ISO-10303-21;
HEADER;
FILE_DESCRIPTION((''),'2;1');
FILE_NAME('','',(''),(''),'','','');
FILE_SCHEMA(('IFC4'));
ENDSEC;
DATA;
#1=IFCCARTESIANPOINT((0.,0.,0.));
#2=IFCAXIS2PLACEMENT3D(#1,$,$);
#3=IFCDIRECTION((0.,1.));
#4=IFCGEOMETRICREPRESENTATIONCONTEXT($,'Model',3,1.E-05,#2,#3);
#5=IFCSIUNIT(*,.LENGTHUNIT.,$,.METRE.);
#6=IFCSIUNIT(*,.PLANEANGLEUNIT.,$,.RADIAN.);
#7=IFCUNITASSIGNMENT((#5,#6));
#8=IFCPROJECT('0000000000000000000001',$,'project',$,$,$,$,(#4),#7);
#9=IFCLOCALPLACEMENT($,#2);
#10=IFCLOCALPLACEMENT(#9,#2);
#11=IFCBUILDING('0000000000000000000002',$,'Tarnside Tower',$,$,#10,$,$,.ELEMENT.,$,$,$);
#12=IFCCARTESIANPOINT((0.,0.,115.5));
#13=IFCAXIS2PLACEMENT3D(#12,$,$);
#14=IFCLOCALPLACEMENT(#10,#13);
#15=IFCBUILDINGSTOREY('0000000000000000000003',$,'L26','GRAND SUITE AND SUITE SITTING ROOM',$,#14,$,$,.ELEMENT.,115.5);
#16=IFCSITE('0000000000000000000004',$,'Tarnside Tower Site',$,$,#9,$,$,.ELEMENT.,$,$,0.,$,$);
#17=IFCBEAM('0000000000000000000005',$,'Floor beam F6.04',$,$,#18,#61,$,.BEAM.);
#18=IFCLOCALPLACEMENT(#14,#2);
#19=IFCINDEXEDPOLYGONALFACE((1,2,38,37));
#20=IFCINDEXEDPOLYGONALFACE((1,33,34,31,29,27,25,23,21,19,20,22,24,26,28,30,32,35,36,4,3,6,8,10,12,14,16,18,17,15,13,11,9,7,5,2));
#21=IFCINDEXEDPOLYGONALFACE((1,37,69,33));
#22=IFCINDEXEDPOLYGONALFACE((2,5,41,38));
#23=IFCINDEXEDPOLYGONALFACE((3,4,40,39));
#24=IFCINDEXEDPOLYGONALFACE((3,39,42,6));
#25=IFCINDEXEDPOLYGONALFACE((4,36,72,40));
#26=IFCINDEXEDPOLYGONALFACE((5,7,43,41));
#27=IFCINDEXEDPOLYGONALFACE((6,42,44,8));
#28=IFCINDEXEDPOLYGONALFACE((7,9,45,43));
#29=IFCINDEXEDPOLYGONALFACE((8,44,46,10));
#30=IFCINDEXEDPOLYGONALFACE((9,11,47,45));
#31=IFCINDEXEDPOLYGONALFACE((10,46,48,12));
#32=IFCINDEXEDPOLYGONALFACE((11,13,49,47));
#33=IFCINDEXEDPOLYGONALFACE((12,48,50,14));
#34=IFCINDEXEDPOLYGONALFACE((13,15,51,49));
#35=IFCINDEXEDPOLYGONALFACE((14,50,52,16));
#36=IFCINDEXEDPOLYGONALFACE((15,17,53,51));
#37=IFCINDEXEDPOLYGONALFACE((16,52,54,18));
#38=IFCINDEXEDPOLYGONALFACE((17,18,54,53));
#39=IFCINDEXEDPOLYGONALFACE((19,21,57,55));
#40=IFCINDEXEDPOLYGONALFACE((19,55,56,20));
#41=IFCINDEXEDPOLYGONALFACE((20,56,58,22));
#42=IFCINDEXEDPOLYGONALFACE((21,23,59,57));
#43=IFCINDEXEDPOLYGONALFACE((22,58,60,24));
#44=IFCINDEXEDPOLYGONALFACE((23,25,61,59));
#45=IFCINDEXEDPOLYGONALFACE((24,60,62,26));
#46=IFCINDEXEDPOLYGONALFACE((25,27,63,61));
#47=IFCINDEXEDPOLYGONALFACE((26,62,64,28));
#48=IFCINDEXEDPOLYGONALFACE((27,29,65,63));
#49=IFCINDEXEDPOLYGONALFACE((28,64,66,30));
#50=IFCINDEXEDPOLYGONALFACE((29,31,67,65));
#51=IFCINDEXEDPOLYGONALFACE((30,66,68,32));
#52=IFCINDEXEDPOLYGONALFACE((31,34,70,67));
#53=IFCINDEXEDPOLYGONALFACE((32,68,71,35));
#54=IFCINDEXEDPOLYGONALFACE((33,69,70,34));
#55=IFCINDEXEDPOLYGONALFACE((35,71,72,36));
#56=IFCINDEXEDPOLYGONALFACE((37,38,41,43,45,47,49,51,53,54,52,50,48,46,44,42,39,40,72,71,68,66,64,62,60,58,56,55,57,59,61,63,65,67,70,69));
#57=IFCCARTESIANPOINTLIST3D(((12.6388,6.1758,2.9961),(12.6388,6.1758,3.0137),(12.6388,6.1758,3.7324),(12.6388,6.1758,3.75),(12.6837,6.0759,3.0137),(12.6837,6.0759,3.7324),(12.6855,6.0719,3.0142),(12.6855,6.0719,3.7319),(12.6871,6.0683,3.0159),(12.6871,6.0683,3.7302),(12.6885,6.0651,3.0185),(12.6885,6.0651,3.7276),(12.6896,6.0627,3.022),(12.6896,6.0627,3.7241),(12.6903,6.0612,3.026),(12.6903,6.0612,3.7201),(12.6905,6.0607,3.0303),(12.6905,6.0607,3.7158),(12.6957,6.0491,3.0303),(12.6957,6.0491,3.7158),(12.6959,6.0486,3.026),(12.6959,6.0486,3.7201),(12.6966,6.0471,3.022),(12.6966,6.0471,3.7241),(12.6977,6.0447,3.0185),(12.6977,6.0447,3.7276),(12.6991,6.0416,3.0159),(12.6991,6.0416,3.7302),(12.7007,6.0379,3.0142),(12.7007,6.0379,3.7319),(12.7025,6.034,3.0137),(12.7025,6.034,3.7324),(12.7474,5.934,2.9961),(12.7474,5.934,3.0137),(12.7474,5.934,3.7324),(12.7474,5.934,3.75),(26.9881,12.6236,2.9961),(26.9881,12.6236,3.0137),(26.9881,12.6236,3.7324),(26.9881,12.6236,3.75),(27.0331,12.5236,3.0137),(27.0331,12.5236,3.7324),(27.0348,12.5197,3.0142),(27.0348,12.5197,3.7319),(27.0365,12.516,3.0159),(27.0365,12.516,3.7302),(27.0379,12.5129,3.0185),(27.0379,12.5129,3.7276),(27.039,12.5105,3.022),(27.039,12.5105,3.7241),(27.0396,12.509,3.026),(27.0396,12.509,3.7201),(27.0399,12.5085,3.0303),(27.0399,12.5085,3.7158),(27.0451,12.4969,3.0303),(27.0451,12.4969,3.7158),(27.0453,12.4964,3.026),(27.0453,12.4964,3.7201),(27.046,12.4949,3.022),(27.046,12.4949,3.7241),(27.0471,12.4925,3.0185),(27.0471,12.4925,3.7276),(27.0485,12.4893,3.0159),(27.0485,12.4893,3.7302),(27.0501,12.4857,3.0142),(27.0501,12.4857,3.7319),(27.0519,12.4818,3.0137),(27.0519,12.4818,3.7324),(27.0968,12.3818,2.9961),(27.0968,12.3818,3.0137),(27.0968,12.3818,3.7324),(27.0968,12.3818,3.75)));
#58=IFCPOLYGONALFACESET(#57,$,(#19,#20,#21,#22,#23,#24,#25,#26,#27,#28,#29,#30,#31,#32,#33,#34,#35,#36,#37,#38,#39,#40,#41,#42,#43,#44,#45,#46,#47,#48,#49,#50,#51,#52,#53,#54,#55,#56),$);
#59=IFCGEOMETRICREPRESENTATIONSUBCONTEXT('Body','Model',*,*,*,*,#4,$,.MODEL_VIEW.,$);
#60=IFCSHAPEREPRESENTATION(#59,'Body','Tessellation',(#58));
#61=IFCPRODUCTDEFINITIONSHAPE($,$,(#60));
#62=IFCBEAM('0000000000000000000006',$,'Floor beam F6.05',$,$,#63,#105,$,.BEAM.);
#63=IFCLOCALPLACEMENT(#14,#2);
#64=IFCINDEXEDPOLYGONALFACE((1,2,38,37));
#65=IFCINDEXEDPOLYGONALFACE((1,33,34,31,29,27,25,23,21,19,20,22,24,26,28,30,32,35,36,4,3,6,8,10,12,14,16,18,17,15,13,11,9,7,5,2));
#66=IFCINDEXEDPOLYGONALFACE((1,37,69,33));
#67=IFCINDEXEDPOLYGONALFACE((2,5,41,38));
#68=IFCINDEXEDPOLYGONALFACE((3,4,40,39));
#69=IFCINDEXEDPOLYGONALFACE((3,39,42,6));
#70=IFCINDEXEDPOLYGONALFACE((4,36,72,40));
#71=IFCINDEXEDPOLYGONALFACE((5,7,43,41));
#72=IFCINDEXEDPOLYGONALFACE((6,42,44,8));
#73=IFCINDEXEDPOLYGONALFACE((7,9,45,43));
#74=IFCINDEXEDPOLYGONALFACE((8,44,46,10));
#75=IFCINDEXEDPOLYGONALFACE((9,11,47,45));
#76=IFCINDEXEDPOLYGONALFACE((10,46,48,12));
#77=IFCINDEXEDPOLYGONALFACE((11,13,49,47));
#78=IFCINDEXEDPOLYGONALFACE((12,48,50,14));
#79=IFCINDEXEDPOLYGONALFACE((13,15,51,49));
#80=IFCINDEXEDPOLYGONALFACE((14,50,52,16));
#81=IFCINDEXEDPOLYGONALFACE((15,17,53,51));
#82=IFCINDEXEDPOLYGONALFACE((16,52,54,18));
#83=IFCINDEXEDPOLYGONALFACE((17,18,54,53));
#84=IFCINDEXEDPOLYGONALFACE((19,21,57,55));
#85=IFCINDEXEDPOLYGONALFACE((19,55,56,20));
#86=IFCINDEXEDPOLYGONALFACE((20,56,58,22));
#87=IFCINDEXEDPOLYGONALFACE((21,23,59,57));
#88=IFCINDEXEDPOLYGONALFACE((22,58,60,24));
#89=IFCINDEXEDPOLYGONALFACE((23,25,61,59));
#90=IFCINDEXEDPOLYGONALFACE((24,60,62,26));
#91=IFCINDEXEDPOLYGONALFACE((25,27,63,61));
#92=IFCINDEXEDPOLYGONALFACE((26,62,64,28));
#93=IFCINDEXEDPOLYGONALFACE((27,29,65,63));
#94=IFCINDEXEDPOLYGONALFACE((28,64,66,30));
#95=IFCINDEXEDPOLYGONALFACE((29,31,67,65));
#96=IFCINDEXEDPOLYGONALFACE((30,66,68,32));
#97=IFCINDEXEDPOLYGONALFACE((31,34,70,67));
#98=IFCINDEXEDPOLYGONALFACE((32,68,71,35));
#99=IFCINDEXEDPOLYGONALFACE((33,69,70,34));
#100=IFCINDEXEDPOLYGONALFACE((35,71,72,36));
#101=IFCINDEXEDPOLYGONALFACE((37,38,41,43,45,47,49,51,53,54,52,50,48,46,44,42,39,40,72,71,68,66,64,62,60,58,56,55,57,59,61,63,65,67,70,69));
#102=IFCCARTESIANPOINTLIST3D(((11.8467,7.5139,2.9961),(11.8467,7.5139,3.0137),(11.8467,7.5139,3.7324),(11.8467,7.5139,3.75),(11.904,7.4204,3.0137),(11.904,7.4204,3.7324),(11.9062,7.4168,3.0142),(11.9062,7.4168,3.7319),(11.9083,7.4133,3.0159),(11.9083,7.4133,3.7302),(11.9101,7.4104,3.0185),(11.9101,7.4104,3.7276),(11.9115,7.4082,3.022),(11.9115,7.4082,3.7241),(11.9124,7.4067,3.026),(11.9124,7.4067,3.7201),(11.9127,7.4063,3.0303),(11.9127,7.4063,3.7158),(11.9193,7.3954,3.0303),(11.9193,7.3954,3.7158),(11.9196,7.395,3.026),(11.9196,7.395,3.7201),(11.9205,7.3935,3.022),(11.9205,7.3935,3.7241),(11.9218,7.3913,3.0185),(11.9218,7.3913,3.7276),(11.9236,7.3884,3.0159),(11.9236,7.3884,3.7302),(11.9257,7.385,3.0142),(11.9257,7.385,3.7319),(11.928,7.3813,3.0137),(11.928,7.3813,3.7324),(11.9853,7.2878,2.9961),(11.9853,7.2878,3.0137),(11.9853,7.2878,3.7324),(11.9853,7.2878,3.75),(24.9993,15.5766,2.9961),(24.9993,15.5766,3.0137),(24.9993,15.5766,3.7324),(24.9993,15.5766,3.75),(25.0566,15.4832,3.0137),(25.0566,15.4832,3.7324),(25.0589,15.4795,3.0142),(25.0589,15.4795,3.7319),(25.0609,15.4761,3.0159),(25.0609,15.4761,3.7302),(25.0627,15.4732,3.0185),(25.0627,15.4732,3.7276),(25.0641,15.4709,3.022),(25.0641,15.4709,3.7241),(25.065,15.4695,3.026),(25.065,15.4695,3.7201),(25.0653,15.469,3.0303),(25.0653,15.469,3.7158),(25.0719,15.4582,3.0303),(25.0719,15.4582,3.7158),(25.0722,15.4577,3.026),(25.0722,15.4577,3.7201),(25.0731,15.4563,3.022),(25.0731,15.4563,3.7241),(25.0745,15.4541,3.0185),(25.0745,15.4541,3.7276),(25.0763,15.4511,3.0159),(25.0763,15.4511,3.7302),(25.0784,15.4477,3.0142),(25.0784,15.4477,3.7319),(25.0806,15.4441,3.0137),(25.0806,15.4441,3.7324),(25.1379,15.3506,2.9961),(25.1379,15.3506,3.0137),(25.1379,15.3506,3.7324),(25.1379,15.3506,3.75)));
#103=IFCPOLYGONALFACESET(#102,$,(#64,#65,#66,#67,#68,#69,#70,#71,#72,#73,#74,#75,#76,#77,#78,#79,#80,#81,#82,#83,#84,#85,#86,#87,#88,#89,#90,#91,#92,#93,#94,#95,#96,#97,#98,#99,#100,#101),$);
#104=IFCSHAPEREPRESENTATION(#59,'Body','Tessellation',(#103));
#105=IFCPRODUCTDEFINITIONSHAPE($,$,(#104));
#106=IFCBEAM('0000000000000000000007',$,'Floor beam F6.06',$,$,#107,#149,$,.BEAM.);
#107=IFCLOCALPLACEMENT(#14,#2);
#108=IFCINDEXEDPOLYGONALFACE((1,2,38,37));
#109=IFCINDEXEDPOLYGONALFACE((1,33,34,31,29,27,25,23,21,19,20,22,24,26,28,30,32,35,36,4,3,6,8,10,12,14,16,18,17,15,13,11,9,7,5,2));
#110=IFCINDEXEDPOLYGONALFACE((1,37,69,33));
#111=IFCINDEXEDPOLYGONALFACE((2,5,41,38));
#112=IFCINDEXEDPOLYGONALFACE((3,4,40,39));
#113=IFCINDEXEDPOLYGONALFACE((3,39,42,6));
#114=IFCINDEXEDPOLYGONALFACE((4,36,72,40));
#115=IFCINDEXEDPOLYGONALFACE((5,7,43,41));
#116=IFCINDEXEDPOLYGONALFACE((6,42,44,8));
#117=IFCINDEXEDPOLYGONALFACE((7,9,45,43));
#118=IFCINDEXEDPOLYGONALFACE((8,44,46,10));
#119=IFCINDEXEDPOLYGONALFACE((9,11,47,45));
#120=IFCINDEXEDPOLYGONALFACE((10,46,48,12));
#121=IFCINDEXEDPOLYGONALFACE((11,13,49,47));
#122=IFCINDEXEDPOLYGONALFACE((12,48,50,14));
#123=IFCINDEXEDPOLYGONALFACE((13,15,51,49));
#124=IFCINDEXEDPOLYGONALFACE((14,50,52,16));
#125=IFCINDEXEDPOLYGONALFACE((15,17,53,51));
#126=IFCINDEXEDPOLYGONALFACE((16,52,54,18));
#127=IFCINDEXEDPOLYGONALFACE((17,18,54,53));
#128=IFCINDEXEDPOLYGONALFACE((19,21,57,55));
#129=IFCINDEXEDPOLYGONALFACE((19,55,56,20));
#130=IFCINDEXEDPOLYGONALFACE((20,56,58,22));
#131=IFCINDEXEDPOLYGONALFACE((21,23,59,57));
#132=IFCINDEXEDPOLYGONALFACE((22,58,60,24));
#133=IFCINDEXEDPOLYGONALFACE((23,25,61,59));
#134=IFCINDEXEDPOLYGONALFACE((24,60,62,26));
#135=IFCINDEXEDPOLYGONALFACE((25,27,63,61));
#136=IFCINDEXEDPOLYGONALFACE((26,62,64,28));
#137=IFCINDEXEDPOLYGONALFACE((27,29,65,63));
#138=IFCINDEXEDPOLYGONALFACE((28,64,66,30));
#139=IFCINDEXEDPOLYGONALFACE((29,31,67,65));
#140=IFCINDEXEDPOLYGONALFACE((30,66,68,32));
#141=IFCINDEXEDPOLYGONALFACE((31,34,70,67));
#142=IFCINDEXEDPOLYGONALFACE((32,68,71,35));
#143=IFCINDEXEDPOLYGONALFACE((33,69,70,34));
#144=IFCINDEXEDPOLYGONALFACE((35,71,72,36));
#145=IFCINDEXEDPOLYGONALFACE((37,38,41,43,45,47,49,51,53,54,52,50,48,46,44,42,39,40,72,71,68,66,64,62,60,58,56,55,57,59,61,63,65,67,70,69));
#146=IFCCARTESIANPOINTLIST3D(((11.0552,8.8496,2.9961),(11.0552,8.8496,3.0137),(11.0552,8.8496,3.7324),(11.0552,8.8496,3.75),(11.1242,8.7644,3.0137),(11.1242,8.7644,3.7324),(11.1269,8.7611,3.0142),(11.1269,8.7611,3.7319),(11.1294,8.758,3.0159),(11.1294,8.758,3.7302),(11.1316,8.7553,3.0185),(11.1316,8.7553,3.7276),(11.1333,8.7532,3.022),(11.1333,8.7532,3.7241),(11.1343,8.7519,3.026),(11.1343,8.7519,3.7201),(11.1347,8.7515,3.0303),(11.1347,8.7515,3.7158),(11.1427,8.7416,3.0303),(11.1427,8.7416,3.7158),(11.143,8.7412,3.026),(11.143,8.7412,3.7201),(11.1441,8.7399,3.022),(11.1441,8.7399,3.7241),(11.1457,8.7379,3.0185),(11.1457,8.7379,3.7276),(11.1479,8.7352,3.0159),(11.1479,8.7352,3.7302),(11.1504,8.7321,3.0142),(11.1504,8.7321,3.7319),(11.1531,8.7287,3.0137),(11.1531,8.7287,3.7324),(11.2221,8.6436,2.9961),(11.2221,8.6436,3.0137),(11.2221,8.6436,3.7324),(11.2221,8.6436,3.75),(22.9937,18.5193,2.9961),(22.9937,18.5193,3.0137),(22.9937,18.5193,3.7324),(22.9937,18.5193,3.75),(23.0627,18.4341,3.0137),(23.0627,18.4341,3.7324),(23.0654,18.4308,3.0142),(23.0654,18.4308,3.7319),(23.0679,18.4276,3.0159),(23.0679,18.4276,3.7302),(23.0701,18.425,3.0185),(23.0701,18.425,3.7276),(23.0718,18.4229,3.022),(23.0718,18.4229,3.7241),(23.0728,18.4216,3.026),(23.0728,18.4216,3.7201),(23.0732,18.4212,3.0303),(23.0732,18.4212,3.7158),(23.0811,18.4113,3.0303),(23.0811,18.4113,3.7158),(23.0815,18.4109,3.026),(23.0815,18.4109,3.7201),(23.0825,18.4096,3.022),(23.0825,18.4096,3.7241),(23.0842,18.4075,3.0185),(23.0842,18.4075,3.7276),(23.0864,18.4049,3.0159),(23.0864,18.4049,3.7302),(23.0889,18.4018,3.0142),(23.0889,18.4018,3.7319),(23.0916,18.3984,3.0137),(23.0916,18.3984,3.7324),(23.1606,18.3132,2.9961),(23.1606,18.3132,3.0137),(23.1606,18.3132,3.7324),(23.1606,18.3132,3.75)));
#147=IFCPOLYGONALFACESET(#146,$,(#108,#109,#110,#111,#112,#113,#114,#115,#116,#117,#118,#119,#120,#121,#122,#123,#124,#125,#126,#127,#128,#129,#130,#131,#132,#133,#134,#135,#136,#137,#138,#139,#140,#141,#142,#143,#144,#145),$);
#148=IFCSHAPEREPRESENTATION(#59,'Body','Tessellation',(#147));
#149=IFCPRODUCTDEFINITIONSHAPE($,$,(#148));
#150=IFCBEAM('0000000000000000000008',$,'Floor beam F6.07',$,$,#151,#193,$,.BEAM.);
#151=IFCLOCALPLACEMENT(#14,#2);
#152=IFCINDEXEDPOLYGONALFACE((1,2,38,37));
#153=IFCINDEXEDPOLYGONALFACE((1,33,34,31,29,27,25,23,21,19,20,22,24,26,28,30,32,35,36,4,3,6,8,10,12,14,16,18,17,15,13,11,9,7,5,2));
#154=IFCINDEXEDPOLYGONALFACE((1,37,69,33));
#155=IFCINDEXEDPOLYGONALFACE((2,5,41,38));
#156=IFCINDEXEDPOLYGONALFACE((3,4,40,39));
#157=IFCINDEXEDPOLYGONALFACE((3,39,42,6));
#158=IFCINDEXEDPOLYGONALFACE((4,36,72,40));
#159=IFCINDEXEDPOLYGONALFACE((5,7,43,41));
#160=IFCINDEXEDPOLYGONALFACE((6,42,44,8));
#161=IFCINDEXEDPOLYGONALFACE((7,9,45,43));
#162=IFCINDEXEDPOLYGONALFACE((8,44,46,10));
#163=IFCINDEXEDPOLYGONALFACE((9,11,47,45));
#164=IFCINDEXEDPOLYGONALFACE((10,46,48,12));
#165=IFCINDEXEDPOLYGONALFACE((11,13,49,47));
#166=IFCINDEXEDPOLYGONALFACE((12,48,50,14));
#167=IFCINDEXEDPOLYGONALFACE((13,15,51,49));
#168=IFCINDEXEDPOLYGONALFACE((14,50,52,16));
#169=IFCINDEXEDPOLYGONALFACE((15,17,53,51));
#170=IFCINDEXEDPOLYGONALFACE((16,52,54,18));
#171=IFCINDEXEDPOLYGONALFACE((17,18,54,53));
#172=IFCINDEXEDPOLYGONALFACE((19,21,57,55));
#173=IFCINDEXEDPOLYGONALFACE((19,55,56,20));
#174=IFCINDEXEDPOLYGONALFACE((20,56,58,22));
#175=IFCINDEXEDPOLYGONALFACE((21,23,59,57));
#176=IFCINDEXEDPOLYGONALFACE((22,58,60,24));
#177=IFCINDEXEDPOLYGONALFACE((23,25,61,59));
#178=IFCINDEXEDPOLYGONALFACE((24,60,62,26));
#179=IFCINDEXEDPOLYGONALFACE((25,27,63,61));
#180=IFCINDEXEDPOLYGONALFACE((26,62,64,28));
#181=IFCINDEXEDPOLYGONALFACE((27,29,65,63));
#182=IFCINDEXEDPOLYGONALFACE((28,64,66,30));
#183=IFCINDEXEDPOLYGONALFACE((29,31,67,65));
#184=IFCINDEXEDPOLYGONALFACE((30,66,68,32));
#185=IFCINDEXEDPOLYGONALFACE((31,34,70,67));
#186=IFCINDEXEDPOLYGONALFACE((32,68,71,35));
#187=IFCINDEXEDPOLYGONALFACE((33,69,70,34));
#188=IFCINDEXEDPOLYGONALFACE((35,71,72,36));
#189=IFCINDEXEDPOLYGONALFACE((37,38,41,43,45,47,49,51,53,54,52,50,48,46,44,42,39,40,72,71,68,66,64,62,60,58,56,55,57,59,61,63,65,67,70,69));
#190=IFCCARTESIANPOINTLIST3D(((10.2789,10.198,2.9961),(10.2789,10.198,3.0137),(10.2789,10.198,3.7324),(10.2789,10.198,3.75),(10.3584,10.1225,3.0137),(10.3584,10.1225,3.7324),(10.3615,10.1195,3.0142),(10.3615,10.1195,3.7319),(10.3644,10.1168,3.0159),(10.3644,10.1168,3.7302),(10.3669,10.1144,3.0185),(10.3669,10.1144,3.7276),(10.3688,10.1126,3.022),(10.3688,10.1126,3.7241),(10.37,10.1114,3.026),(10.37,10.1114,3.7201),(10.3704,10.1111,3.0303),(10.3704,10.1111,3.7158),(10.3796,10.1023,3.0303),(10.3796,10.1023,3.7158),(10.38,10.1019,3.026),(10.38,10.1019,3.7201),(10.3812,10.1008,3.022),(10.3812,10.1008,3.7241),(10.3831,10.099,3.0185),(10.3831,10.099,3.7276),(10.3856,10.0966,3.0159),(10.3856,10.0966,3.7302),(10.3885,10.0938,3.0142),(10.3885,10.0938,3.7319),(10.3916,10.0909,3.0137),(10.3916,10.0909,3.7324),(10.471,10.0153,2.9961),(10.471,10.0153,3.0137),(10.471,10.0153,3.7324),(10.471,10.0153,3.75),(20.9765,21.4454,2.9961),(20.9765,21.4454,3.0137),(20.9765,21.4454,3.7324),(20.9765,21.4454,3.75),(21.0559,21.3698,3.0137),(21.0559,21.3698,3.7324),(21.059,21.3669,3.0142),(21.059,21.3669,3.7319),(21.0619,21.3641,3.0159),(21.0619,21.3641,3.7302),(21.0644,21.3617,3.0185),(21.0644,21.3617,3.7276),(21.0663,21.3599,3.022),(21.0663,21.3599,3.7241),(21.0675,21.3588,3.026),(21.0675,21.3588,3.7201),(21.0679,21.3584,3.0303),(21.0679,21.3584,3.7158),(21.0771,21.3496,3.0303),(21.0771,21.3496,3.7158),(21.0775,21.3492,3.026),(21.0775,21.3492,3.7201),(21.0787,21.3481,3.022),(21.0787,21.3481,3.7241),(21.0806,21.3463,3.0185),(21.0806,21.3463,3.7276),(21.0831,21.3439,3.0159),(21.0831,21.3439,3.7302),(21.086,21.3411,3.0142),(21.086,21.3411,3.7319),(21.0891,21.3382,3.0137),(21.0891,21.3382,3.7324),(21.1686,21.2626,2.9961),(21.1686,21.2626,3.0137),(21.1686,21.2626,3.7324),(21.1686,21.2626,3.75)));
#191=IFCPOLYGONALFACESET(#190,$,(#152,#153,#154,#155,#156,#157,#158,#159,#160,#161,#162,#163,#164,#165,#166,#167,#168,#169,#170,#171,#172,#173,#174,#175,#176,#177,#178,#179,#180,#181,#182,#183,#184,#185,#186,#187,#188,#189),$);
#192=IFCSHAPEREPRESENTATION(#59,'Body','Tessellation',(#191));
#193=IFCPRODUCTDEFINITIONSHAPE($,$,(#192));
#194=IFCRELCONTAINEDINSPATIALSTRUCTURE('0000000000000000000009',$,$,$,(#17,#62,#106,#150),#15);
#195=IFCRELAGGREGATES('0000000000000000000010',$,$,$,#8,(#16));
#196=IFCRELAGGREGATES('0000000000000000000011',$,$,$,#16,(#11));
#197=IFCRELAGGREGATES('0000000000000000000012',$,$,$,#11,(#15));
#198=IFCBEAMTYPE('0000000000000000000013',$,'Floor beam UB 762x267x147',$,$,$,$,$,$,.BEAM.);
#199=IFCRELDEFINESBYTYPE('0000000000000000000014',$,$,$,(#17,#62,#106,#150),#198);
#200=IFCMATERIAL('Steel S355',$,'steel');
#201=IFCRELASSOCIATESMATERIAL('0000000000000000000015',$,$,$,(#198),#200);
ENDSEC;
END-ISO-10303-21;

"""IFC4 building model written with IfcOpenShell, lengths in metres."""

from ifc_helpers import new_model, si_unit, direction, frame, origin, origin_2d, place, context, subcontext, project, spatial, i_section, extrude, material, material_profile, profile_set, type_object, element, save


model = new_model("IFC4")

# Units and contexts
model_context = context("Model", 3, precision=1e-05, world=origin(), true_north=direction((0.0, 1.0)))
body_context = subcontext(model_context, "Body", "Model", "MODEL_VIEW")
ifc_project = project(units=[si_unit("LENGTHUNIT", "METRE"), si_unit("PLANEANGLEUNIT", "RADIAN")], contexts=[model_context])

# Site, building, storey
site_placement = place(None, origin())
site = spatial("IfcSite", under=ifc_project, at=site_placement, Name="Tarnside Tower Site", CompositionType="ELEMENT", RefElevation=0.0)
building_placement = place(site_placement, origin())
building = spatial("IfcBuilding", under=site, at=building_placement, Name="Tarnside Tower", CompositionType="ELEMENT")
storey_placement = place(building_placement, frame((0.0, 0.0, 115.5)))
storey = spatial("IfcBuildingStorey", under=building, at=storey_placement, Name="L26", Description="GRAND SUITE AND SUITE SITTING ROOM", CompositionType="ELEMENT", Elevation=115.5)

# Beams
ifc_material_1 = material(Name="Steel S355", Category="steel")
ifc_material_profile_1 = material_profile(ifc_material_1, i_section(OverallWidth=0.2651, OverallDepth=0.7539, WebThickness=0.0127, FlangeThickness=0.0176, FilletRadius=0.0166, at=origin_2d()), Name="UB 762x267x147")
ifc_profile_set_1 = profile_set([ifc_material_profile_1], Name="Steel S355")
beam_type_1 = type_object("IfcBeamType", Name="Floor beam UB 762x267x147", PredefinedType="BEAM", material=ifc_profile_set_1)
beam_1_placement = place(storey_placement, frame((27.0425, 12.5027, 3.373), z_axis=(-0.912146, -0.409865, 0.0), x_axis=(0.409865, -0.912146, 0.0)))
element("IfcBeam", 1, at=beam_1_placement, inside=storey, type_object=beam_type_1, Name="Floor beam F6.04", PredefinedType="BEAM", context=body_context, shape_type="SweptSolid", body=[
    extrude(i_section(OverallWidth=0.2651, OverallDepth=0.7539, WebThickness=0.0127, FlangeThickness=0.0176, FilletRadius=0.0166, at=origin_2d()), origin(), (0.0, 0.0, 1.0), 15.7314),
])
beam_2_placement = place(storey_placement, frame((25.0686, 15.4636, 3.373), z_axis=(-0.852558, -0.522632, 0.0), x_axis=(0.522632, -0.852558, 0.0)))
element("IfcBeam", 2, at=beam_2_placement, inside=storey, type_object=beam_type_1, Name="Floor beam F6.05", PredefinedType="BEAM", context=body_context, shape_type="SweptSolid", body=[
    extrude(i_section(OverallWidth=0.2651, OverallDepth=0.7539, WebThickness=0.0127, FlangeThickness=0.0176, FilletRadius=0.0166, at=origin_2d()), origin(), (0.0, 0.0, 1.0), 15.4272),
])
beam_3_placement = place(storey_placement, frame((23.0771, 18.4163, 3.373), z_axis=(-0.777079, -0.629403, 0.0), x_axis=(0.629403, -0.777079, 0.0)))
element("IfcBeam", 3, at=beam_3_placement, inside=storey, type_object=beam_type_1, Name="Floor beam F6.06", PredefinedType="BEAM", context=body_context, shape_type="SweptSolid", body=[
    extrude(i_section(OverallWidth=0.2651, OverallDepth=0.7539, WebThickness=0.0127, FlangeThickness=0.0176, FilletRadius=0.0166, at=origin_2d()), origin(), (0.0, 0.0, 1.0), 15.3633),
])
beam_4_placement = place(storey_placement, frame((21.0725, 21.354, 3.373), z_axis=(-0.689175, -0.724595, 0.0), x_axis=(0.724595, -0.689175, 0.0)))
element("IfcBeam", 4, at=beam_4_placement, inside=storey, type_object=beam_type_1, Name="Floor beam F6.07", PredefinedType="BEAM", context=body_context, shape_type="SweptSolid", body=[
    extrude(i_section(OverallWidth=0.2651, OverallDepth=0.7539, WebThickness=0.0127, FlangeThickness=0.0176, FilletRadius=0.0166, at=origin_2d()), origin(), (0.0, 0.0, 1.0), 15.5222),
])

save(model, "model.ifc")
